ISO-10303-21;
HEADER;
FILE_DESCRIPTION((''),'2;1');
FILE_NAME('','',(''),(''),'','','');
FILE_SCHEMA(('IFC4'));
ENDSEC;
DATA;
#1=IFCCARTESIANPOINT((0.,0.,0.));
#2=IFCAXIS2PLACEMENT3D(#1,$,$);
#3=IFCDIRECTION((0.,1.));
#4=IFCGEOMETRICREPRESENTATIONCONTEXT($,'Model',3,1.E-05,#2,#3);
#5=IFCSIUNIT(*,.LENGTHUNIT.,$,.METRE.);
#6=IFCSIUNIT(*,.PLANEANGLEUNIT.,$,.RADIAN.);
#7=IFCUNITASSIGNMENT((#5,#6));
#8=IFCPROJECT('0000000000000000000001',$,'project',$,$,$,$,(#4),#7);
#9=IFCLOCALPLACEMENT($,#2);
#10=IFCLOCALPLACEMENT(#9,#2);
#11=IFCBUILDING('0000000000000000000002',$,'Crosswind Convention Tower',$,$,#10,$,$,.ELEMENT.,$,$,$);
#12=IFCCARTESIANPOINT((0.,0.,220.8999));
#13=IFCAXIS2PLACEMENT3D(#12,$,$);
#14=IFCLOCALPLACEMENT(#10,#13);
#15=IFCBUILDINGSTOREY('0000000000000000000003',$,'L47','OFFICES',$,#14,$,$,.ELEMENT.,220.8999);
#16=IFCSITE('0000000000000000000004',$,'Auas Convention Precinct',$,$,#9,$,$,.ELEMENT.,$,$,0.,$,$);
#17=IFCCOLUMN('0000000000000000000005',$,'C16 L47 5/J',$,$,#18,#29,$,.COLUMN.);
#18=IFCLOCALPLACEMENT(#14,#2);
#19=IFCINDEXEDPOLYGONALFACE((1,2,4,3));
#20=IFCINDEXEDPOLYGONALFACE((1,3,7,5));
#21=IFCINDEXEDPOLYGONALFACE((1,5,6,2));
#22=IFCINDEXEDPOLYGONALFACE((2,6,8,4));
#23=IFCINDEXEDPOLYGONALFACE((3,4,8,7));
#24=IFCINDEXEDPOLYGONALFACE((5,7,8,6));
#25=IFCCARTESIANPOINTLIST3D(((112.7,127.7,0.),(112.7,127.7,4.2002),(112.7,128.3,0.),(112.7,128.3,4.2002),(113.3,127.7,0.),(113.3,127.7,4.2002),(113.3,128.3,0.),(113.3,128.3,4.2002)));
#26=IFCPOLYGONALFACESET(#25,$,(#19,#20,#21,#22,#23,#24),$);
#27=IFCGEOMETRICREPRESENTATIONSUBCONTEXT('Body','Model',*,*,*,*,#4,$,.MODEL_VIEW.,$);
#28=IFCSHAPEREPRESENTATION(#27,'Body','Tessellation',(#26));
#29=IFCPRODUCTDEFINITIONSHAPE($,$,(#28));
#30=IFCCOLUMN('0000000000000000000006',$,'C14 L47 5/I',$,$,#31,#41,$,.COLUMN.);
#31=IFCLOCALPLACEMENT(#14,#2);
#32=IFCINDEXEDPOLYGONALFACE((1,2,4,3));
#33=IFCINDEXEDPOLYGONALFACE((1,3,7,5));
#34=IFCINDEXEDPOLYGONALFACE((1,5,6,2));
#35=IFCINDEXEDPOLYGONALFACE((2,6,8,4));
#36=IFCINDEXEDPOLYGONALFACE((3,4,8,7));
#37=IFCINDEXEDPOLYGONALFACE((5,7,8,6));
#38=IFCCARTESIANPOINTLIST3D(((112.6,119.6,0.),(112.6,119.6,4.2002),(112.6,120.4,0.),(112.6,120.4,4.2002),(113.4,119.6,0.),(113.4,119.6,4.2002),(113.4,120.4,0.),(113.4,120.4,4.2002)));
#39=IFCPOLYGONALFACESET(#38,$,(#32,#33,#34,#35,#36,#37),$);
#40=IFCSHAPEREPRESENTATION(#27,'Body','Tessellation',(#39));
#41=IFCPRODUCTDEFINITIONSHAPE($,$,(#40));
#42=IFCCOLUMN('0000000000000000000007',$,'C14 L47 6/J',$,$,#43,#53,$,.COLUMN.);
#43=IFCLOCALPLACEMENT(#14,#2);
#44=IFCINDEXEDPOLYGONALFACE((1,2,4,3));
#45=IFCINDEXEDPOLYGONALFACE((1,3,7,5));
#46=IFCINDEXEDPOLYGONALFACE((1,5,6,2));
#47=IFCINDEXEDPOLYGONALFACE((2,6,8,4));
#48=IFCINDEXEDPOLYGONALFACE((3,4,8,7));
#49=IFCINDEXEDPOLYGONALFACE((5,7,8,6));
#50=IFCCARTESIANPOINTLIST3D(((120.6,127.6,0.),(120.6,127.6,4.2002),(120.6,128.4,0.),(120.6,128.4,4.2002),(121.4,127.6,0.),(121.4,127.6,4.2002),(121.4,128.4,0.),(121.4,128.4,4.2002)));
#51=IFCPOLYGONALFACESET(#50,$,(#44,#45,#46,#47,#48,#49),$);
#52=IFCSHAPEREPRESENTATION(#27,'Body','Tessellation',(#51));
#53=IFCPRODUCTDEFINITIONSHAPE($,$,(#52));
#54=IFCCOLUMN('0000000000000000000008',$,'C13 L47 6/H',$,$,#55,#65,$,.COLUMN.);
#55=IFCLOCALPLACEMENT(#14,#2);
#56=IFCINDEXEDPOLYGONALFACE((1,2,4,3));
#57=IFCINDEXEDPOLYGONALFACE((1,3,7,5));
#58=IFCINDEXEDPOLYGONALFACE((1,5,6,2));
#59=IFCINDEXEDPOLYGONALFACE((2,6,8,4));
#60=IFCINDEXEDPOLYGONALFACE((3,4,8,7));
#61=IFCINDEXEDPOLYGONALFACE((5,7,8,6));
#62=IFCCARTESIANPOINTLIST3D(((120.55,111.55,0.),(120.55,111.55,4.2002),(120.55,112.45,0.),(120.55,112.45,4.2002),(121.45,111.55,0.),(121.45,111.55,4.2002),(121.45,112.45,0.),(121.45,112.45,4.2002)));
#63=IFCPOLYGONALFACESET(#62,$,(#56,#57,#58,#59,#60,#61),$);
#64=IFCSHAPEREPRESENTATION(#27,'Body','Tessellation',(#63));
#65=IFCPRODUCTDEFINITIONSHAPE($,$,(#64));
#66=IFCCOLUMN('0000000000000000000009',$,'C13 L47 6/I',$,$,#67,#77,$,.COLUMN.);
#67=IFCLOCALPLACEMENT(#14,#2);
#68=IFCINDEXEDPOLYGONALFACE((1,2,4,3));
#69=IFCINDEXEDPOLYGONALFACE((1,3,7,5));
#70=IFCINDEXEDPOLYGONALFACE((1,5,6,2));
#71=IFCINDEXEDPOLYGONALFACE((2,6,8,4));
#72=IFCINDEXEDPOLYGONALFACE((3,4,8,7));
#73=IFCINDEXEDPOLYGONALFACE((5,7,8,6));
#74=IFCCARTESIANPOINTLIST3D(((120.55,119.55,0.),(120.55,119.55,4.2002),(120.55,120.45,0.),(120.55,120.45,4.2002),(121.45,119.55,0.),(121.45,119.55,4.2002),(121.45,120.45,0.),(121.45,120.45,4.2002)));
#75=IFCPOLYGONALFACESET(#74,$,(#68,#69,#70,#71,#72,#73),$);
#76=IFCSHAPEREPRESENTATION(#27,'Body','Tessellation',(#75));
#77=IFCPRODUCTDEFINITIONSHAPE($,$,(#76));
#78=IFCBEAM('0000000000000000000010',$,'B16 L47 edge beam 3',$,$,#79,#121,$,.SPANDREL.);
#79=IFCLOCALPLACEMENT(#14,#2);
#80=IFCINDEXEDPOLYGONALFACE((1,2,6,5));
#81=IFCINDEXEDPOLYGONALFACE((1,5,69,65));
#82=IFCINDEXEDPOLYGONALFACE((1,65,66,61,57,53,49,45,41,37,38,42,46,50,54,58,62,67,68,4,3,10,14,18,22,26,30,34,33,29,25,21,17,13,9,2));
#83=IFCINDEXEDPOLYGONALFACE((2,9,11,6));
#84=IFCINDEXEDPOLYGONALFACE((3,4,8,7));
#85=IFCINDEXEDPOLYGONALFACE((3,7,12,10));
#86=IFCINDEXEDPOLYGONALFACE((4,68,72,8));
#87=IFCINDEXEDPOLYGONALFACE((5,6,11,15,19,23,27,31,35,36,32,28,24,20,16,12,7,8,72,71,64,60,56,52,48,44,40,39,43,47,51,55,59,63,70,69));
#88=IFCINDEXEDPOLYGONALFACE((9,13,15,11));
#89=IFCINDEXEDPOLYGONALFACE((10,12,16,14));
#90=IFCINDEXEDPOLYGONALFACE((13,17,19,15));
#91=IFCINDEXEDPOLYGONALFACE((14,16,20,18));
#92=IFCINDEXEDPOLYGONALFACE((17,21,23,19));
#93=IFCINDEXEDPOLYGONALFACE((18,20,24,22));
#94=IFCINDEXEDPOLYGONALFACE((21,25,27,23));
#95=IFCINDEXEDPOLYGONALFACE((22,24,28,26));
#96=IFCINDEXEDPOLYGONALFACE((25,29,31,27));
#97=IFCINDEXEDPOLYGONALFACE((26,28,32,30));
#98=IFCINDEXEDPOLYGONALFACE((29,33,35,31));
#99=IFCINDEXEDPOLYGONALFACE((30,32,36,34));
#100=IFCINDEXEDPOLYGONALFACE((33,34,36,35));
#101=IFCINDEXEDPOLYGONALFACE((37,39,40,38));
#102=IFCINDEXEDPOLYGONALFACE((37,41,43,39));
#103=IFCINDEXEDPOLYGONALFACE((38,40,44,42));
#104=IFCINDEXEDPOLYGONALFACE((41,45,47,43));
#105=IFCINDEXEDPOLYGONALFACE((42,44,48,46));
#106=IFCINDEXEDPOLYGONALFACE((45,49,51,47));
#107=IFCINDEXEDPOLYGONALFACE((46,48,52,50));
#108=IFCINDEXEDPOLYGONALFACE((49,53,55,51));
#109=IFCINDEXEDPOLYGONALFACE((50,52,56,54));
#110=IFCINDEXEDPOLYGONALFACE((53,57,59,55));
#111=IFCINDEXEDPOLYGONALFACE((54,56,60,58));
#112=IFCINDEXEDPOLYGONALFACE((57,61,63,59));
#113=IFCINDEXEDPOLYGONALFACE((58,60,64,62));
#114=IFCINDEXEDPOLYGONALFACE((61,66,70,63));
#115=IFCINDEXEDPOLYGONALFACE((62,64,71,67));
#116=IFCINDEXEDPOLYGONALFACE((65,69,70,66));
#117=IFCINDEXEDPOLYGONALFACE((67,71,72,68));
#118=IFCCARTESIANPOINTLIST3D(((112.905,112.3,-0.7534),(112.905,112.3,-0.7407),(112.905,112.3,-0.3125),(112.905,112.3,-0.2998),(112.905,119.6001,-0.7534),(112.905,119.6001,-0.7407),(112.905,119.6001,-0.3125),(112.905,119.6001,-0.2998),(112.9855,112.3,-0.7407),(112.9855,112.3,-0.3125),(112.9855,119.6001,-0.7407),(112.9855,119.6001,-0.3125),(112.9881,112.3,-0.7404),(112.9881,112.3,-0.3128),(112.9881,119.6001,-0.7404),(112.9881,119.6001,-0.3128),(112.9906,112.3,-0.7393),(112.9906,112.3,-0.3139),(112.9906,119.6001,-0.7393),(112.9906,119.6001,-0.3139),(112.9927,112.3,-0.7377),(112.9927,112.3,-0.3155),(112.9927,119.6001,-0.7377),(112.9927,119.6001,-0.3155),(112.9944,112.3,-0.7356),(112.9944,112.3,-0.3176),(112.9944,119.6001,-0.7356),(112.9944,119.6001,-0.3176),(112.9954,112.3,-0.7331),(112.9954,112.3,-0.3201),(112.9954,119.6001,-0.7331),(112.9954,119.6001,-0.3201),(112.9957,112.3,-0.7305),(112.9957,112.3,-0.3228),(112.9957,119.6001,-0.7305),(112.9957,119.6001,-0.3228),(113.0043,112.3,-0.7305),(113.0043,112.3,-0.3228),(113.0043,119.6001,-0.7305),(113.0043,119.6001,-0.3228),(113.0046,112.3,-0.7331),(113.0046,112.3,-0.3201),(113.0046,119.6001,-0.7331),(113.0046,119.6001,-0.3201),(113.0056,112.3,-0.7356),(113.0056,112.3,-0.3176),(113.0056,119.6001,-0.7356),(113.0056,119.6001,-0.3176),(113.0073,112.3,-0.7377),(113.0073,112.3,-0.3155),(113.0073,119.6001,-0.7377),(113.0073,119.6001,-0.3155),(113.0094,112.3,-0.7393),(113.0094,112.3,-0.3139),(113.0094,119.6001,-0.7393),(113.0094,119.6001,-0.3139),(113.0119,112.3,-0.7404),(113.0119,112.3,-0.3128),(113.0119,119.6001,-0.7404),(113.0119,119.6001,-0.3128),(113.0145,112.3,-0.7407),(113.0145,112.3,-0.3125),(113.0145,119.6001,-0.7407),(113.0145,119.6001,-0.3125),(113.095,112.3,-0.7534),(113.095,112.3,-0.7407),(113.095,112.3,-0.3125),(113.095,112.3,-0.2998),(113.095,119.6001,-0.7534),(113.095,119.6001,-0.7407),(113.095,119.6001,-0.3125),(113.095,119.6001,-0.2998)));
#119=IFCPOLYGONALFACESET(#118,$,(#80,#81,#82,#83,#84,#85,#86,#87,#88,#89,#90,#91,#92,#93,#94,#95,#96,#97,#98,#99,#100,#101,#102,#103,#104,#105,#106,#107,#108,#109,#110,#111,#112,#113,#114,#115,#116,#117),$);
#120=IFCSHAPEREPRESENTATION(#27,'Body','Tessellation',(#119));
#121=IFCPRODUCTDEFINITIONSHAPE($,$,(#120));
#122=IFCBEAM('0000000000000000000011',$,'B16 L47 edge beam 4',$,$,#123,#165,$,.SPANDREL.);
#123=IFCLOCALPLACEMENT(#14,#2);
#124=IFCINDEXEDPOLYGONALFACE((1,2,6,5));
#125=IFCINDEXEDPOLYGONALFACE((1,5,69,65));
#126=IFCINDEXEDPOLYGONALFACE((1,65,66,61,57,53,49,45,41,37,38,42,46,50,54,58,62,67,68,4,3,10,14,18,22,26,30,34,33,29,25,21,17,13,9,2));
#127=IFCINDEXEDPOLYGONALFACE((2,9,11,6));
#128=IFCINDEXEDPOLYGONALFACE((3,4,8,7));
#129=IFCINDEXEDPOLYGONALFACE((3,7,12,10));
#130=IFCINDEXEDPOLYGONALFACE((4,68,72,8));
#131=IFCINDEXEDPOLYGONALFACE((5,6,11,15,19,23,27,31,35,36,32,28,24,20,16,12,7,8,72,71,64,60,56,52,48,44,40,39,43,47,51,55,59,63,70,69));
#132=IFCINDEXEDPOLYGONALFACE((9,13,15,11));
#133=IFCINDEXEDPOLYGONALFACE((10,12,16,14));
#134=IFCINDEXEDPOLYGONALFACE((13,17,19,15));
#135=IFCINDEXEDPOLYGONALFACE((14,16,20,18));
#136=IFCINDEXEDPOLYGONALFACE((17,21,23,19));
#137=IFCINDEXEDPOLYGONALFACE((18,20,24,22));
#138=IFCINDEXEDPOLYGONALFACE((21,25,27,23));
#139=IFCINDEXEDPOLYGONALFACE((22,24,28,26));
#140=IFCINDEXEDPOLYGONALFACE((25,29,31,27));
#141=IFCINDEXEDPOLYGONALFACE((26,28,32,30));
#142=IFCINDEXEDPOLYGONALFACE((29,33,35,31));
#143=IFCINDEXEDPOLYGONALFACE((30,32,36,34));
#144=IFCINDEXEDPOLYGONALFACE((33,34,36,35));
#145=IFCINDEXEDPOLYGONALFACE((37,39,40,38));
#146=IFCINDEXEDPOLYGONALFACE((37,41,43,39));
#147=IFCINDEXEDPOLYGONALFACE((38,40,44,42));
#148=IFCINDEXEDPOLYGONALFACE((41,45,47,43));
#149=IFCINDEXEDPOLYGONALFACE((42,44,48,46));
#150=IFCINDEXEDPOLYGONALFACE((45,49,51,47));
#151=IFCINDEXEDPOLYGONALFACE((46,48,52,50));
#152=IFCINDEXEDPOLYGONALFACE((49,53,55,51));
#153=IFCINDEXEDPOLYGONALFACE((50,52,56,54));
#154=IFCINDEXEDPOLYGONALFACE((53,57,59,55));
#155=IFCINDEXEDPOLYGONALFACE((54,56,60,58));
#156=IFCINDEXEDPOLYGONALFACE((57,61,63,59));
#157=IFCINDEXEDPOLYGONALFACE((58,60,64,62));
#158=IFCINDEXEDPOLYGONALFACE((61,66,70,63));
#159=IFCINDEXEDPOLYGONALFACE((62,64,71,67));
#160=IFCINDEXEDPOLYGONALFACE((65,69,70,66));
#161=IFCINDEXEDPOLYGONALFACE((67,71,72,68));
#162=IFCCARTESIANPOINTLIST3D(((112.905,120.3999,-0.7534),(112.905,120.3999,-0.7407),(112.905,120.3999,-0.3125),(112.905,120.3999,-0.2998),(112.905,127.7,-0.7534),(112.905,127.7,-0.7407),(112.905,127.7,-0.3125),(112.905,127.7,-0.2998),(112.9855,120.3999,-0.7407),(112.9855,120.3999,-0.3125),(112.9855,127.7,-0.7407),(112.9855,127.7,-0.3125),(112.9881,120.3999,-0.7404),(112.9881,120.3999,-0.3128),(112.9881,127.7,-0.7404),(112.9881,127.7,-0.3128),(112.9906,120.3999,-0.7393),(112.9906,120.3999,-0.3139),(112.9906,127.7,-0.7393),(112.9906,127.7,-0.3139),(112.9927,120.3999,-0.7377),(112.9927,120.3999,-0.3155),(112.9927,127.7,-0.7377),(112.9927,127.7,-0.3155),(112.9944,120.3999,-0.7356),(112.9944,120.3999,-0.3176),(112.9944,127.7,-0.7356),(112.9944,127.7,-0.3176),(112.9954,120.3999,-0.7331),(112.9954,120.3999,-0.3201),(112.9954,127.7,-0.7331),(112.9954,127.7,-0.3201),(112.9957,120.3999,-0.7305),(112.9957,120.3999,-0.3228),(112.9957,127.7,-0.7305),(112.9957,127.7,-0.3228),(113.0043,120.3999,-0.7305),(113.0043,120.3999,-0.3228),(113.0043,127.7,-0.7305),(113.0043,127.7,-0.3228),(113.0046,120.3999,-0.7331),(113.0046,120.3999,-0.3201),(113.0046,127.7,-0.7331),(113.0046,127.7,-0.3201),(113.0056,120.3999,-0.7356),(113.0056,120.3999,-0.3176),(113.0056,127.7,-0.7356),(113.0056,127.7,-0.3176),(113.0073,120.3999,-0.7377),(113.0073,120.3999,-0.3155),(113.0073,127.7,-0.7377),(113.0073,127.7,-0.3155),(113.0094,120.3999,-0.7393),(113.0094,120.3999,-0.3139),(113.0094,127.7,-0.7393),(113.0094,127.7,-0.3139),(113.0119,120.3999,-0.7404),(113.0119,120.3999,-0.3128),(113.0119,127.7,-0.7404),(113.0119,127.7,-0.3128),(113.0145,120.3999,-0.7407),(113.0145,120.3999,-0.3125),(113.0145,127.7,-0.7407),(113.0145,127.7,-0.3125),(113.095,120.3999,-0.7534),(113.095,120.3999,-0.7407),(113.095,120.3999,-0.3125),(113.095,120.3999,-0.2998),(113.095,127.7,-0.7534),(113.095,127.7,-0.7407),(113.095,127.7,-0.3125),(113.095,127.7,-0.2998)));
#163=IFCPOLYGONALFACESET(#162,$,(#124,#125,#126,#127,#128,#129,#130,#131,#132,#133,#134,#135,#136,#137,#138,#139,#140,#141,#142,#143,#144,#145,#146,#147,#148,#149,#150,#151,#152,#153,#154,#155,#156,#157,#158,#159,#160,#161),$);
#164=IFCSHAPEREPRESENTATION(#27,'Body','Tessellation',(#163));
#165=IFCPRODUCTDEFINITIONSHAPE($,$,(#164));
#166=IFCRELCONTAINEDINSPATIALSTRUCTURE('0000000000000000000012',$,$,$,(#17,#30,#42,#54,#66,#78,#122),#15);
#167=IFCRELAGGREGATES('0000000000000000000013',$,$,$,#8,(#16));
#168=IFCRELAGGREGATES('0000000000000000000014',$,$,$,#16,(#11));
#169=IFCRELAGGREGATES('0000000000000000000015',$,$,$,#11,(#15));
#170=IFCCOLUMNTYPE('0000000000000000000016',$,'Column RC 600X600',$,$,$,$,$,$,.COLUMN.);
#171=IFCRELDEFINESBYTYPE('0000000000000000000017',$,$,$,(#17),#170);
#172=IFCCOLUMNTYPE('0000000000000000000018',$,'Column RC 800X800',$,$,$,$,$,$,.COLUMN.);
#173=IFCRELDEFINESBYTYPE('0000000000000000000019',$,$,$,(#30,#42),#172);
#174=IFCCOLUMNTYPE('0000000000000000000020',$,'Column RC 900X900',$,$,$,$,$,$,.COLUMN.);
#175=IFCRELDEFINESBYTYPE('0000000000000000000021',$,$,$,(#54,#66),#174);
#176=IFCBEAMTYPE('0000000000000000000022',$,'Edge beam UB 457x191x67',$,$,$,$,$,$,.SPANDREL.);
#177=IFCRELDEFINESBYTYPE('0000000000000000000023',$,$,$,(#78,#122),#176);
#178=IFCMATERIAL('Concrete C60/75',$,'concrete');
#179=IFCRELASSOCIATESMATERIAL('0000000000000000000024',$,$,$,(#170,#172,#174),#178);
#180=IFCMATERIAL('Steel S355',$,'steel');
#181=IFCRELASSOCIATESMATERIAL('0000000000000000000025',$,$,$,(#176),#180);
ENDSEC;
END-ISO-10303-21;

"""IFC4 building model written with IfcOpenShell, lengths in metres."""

from ifc_helpers import new_model, si_unit, direction, frame, origin, origin_2d, place, context, subcontext, project, spatial, rectangle, i_section, extrude, material, material_profile, profile_set, type_object, element, save


model = new_model("IFC4")

# Units and contexts
model_context = context("Model", 3, precision=1e-05, world=origin(), true_north=direction((0.0, 1.0)))
body_context = subcontext(model_context, "Body", "Model", "MODEL_VIEW")
ifc_project = project(units=[si_unit("LENGTHUNIT", "METRE"), si_unit("PLANEANGLEUNIT", "RADIAN")], contexts=[model_context])

# Site, building, storey
site_placement = place(None, origin())
site = spatial("IfcSite", under=ifc_project, at=site_placement, Name="Auas Convention Precinct", CompositionType="ELEMENT", RefElevation=0.0)
building_placement = place(site_placement, origin())
building = spatial("IfcBuilding", under=site, at=building_placement, Name="Crosswind Convention Tower", CompositionType="ELEMENT")
storey_placement = place(building_placement, frame((0.0, 0.0, 220.8999)))
storey = spatial("IfcBuildingStorey", under=building, at=storey_placement, Name="L47", Description="OFFICES", CompositionType="ELEMENT", Elevation=220.8999)

# Columns
ifc_material_1 = material(Name="Concrete C60/75", Category="concrete")
ifc_material_profile_1 = material_profile(ifc_material_1, rectangle(XDim=0.6001, YDim=0.6001, at=origin_2d()), Name="RC 600X600")
ifc_profile_set_1 = profile_set([ifc_material_profile_1], Name="Concrete C60/75")
column_type_1 = type_object("IfcColumnType", Name="Column RC 600X600", PredefinedType="COLUMN", material=ifc_profile_set_1)
column_placement = place(storey_placement, frame((113.0, 128.0, 0.0), z_axis=(0.0, 0.0, 1.0), x_axis=(1.0, 0.0, 0.0)))
element("IfcColumn", 1, at=column_placement, inside=storey, type_object=column_type_1, Name="C16 L47 5/J", PredefinedType="COLUMN", context=body_context, shape_type="SweptSolid", body=[
    extrude(rectangle(XDim=0.6001, YDim=0.6001, at=origin_2d()), origin(), (0.0, 0.0, 1.0), 4.2002),
])
ifc_material_profile_2 = material_profile(ifc_material_1, rectangle(XDim=0.8, YDim=0.8, at=origin_2d()), Name="RC 800X800")
ifc_profile_set_2 = profile_set([ifc_material_profile_2], Name="Concrete C60/75")
column_type_2 = type_object("IfcColumnType", Name="Column RC 800X800", PredefinedType="COLUMN", material=ifc_profile_set_2)
for number, where, z_axis, x_axis, name in (
    (2, (113.0, 120.0, 0.0), (0.0, 0.0, 1.0), (1.0, 0.0, 0.0), "C14 L47 5/I"),
    (3, (121.0, 128.0, 0.0), (0.0, 0.0, 1.0), (1.0, 0.0, 0.0), "C14 L47 6/J"),
):
    element("IfcColumn", number, at=place(storey_placement, frame(where, z_axis=z_axis, x_axis=x_axis)), inside=storey, type_object=column_type_2, Name=name, PredefinedType="COLUMN", context=body_context, shape_type="SweptSolid", body=[
        extrude(rectangle(XDim=0.8, YDim=0.8, at=origin_2d()), origin(), (0.0, 0.0, 1.0), 4.2002),
    ])
ifc_material_profile_3 = material_profile(ifc_material_1, rectangle(XDim=0.8999, YDim=0.8999, at=origin_2d()), Name="RC 900X900")
ifc_profile_set_3 = profile_set([ifc_material_profile_3], Name="Concrete C60/75")
column_type_3 = type_object("IfcColumnType", Name="Column RC 900X900", PredefinedType="COLUMN", material=ifc_profile_set_3)
for number, where, z_axis, x_axis, name in (
    (4, (121.0, 112.0, 0.0), (0.0, 0.0, 1.0), (1.0, 0.0, 0.0), "C13 L47 6/H"),
    (5, (121.0, 120.0, 0.0), (0.0, 0.0, 1.0), (1.0, 0.0, 0.0), "C13 L47 6/I"),
):
    element("IfcColumn", number, at=place(storey_placement, frame(where, z_axis=z_axis, x_axis=x_axis)), inside=storey, type_object=column_type_3, Name=name, PredefinedType="COLUMN", context=body_context, shape_type="SweptSolid", body=[
        extrude(rectangle(XDim=0.8999, YDim=0.8999, at=origin_2d()), origin(), (0.0, 0.0, 1.0), 4.2002),
    ])

# Beams
ifc_material_2 = material(Name="Steel S355", Category="steel")
ifc_material_profile_4 = material_profile(ifc_material_2, i_section(OverallWidth=0.1899, OverallDepth=0.4536, WebThickness=0.0085, FlangeThickness=0.0127, FilletRadius=0.0103, at=origin_2d()), Name="UB 457x191x67")
ifc_profile_set_4 = profile_set([ifc_material_profile_4], Name="Steel S355")
beam_type_1 = type_object("IfcBeamType", Name="Edge beam UB 457x191x67", PredefinedType="SPANDREL", material=ifc_profile_set_4)
for number, where, z_axis, x_axis, name in (
    (6, (113.0, 112.3, -0.5266), (0.0, 1.0, 0.0), (-1.0, 0.0, 0.0), "B16 L47 edge beam 3"),
    (7, (113.0, 120.3999, -0.5266), (0.0, 1.0, 0.0), (-1.0, 0.0, 0.0), "B16 L47 edge beam 4"),
):
    element("IfcBeam", number, at=place(storey_placement, frame(where, z_axis=z_axis, x_axis=x_axis)), inside=storey, type_object=beam_type_1, Name=name, PredefinedType="SPANDREL", context=body_context, shape_type="SweptSolid", body=[
        extrude(i_section(OverallWidth=0.1899, OverallDepth=0.4536, WebThickness=0.0085, FlangeThickness=0.0127, FilletRadius=0.0103, at=origin_2d()), origin(), (0.0, 0.0, 1.0), 7.3),
    ])

save(model, "model.ifc")
